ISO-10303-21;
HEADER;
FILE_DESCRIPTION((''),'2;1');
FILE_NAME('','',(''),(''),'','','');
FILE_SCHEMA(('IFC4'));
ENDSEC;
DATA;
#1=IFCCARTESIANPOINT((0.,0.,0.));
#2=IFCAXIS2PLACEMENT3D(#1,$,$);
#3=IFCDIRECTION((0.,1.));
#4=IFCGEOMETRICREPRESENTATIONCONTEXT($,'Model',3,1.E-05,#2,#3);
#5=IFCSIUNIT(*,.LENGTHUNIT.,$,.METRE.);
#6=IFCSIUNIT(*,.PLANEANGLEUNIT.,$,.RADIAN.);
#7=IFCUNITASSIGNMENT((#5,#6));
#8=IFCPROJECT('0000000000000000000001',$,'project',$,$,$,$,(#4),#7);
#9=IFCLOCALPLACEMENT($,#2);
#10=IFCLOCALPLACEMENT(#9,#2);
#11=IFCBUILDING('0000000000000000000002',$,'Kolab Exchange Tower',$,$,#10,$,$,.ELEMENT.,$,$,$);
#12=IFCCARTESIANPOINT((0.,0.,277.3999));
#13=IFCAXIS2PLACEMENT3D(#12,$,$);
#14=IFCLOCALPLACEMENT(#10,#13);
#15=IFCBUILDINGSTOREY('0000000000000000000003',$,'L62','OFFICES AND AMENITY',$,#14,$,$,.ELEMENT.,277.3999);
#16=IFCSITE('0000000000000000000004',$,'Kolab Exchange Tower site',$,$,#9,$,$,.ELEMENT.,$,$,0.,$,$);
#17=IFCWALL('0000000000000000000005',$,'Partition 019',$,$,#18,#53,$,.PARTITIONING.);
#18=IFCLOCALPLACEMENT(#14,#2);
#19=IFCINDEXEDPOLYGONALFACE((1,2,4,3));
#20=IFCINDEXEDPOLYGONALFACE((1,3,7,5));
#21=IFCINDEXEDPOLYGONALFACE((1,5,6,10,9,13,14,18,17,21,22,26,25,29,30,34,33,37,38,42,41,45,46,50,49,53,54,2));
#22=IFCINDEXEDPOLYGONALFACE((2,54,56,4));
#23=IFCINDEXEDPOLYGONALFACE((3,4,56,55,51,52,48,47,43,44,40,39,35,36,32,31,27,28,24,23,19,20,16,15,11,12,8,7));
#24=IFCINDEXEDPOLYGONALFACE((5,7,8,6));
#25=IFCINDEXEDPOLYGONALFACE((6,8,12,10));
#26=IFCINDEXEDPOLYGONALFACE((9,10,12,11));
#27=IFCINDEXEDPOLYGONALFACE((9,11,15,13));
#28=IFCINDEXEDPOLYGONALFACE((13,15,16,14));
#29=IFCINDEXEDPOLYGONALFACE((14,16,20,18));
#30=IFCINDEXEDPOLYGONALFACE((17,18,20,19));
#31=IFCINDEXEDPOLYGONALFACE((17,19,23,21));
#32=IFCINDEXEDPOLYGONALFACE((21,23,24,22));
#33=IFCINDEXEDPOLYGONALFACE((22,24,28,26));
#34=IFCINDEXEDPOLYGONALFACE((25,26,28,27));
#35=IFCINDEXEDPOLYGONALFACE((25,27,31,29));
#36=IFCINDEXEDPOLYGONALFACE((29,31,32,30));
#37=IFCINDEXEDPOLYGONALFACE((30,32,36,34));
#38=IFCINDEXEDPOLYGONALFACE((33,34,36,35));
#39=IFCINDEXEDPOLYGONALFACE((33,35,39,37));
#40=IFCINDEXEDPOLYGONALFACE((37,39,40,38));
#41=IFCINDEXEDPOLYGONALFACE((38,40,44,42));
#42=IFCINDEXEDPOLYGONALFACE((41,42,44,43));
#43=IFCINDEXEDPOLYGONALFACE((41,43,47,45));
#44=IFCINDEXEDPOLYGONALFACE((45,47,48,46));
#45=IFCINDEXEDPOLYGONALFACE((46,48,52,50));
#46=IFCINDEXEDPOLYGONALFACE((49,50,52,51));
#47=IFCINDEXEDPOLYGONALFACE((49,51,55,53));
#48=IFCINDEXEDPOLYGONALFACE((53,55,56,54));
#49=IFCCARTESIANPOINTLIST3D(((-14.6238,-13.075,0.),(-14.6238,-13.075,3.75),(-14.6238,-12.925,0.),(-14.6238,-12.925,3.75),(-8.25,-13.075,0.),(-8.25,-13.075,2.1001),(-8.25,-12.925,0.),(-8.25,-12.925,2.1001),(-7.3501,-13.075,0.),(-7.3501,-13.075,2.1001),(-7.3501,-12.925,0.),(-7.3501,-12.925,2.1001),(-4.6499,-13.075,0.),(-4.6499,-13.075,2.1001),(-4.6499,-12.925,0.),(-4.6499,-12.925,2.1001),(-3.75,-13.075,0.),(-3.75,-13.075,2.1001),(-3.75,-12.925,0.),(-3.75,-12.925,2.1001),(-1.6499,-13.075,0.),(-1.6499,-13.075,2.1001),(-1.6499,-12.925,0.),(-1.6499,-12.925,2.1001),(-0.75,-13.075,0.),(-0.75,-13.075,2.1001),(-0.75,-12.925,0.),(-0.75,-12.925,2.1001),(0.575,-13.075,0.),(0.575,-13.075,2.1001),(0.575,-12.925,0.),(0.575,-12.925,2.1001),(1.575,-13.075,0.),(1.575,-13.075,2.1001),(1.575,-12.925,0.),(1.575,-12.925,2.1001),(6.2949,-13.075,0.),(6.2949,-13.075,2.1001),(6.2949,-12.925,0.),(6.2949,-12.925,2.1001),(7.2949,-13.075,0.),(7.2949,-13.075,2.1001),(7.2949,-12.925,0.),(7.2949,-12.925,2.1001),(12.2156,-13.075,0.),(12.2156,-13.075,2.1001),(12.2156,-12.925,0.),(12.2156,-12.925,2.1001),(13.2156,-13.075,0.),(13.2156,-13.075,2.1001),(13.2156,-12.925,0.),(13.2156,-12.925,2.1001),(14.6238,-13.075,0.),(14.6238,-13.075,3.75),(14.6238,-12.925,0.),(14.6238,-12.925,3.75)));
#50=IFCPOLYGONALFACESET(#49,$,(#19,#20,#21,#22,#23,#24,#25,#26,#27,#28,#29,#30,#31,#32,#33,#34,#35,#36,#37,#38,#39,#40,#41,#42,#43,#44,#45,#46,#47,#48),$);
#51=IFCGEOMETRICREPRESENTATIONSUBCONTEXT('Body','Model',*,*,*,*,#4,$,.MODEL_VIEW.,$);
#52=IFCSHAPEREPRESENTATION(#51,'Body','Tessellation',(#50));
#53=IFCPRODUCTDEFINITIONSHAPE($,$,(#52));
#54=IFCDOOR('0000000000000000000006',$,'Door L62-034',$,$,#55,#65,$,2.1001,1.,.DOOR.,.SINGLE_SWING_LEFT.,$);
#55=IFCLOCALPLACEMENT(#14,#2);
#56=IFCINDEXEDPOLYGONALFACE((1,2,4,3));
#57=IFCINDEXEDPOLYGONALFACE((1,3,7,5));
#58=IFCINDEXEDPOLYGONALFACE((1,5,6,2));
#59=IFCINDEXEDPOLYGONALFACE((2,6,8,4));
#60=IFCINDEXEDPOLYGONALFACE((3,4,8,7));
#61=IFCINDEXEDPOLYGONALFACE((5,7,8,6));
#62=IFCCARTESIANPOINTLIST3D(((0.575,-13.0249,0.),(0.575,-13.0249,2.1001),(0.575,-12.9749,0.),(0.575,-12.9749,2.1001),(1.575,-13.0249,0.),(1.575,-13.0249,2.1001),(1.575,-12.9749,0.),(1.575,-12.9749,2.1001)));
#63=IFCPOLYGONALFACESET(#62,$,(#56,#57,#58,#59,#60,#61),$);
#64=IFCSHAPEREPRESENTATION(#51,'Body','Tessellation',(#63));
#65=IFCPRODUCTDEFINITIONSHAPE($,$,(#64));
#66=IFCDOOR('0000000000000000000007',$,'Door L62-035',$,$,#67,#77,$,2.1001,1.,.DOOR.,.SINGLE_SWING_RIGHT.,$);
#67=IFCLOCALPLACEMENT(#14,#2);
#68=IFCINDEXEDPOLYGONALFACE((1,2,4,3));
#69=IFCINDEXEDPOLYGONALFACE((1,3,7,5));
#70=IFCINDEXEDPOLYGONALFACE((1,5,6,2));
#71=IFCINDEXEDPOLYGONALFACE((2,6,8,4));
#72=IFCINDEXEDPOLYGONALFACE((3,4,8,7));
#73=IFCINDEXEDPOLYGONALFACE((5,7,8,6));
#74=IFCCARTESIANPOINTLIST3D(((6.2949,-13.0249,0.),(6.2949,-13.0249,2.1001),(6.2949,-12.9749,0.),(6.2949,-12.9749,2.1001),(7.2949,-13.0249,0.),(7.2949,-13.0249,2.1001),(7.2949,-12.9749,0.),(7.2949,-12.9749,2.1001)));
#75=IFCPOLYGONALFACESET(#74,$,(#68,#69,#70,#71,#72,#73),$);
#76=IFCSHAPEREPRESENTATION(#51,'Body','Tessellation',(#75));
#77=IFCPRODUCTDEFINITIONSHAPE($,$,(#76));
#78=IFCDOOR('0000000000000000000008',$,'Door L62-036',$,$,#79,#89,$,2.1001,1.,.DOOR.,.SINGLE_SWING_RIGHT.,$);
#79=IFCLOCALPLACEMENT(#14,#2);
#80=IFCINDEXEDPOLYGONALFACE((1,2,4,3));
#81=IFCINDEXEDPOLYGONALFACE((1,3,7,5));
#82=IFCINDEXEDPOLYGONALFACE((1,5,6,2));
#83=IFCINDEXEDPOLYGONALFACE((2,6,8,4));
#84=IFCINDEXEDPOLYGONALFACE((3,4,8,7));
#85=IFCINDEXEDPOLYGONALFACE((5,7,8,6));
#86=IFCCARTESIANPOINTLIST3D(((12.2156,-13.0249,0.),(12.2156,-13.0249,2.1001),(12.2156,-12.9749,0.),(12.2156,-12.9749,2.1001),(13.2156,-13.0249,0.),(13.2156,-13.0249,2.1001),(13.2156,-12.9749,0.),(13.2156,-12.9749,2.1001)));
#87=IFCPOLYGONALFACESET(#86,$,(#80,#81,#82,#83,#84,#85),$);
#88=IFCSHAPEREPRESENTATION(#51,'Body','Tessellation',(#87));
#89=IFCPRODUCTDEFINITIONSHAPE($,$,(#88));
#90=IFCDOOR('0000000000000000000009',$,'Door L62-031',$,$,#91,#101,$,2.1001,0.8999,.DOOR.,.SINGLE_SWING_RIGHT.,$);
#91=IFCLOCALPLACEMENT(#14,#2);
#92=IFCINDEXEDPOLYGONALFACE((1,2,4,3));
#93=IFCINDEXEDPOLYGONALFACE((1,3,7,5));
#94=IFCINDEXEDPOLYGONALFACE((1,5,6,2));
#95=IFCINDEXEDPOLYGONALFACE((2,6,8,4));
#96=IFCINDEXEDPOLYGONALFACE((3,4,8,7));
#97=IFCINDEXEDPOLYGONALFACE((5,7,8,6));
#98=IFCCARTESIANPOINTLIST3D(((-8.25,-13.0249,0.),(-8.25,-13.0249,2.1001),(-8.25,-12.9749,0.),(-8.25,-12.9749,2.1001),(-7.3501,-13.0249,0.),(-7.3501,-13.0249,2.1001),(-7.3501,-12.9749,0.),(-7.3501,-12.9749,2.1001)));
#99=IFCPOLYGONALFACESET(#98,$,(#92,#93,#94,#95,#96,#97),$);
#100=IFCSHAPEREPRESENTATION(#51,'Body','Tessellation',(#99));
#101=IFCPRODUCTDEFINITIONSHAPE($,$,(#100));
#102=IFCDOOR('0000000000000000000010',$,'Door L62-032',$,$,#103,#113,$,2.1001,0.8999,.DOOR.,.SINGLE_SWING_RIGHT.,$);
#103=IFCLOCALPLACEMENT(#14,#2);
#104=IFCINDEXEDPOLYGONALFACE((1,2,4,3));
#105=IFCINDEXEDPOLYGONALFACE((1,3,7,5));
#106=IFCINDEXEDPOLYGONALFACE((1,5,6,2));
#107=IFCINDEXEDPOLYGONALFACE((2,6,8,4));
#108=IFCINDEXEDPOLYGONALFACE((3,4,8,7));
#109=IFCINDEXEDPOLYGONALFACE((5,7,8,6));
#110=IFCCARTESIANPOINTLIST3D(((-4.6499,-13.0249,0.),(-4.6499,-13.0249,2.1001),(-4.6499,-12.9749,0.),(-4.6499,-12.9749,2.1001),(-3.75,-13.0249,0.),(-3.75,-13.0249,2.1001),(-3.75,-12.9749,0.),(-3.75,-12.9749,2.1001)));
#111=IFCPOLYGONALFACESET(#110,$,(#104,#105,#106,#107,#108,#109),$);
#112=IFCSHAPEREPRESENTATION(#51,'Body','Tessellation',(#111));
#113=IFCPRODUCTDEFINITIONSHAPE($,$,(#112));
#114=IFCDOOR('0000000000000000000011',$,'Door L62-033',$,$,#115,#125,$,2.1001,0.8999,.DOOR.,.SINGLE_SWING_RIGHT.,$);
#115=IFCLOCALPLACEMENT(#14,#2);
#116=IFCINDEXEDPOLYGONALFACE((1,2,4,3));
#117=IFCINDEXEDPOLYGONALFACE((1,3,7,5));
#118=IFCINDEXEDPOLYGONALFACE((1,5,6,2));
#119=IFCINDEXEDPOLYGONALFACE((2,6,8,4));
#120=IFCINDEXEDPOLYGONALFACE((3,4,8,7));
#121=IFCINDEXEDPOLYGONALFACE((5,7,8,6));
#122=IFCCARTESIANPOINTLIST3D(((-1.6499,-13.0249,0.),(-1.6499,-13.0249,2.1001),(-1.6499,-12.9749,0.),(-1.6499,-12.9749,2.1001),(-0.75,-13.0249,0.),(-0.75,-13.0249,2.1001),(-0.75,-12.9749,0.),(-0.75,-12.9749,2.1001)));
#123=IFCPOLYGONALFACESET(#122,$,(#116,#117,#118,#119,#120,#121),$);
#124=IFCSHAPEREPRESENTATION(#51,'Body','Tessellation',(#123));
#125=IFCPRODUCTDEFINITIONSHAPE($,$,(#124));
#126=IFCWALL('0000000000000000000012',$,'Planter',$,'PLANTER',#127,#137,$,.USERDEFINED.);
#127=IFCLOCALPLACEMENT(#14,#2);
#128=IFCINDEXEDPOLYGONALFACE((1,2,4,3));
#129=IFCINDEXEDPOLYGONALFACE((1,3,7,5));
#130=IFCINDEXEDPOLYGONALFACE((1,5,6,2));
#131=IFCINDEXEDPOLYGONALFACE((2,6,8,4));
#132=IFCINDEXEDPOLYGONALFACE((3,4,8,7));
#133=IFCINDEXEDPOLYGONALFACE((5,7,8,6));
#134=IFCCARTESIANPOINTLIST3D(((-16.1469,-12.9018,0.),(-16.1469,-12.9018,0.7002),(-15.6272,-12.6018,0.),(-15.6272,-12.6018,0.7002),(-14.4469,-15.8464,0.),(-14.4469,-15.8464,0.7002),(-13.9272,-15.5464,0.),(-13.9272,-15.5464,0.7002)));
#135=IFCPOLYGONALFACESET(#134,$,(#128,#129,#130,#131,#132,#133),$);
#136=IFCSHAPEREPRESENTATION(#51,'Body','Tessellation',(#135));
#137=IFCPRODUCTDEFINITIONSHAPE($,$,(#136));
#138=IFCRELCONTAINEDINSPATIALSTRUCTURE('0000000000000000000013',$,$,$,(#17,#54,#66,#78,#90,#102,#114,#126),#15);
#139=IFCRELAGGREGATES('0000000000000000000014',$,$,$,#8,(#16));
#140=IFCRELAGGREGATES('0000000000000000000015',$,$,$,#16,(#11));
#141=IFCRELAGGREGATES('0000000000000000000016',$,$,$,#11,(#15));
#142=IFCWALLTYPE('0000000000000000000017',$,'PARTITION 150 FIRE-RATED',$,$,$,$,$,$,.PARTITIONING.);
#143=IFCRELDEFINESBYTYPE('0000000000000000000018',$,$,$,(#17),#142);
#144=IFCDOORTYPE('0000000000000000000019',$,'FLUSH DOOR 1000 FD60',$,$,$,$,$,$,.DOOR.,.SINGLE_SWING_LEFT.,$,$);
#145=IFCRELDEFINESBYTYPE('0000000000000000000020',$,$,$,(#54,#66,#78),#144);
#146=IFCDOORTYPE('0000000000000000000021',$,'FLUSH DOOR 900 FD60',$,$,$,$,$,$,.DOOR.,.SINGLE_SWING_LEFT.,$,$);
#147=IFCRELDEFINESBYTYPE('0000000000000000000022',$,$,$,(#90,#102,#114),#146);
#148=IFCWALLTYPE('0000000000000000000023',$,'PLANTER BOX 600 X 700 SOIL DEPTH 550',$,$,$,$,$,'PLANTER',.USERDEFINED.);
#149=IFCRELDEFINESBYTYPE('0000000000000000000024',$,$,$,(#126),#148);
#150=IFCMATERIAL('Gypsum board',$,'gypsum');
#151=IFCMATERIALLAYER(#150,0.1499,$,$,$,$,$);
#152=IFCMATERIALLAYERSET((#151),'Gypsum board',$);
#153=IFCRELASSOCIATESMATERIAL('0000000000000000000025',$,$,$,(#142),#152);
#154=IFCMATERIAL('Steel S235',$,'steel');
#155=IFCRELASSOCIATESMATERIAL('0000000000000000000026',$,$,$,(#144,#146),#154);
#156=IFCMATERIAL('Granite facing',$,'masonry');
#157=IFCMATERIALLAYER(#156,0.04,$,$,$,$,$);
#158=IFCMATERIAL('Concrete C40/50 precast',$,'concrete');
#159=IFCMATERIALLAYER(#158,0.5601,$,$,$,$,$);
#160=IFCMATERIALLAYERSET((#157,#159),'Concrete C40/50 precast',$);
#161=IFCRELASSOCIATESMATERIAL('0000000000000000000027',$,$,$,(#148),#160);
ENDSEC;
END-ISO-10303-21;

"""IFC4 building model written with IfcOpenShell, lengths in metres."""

from ifc_helpers import new_model, si_unit, direction, frame, frame_2d, origin, place, context, subcontext, project, spatial, rectangle, extrude, material, layer, layer_set, type_object, element, fill, save


model = new_model("IFC4")

# Units and contexts
model_context = context("Model", 3, precision=1e-05, world=origin(), true_north=direction((0.0, 1.0)))
body_context = subcontext(model_context, "Body", "Model", "MODEL_VIEW")
ifc_project = project(units=[si_unit("LENGTHUNIT", "METRE"), si_unit("PLANEANGLEUNIT", "RADIAN")], contexts=[model_context])

# Site, building, storey
site_placement = place(None, origin())
site = spatial("IfcSite", under=ifc_project, at=site_placement, Name="Kolab Exchange Tower site", CompositionType="ELEMENT", RefElevation=0.0)
building_placement = place(site_placement, origin())
building = spatial("IfcBuilding", under=site, at=building_placement, Name="Kolab Exchange Tower", CompositionType="ELEMENT")
storey_placement = place(building_placement, frame((0.0, 0.0, 277.3999)))
storey = spatial("IfcBuildingStorey", under=building, at=storey_placement, Name="L62", Description="OFFICES AND AMENITY", CompositionType="ELEMENT", Elevation=277.3999)

# Wall, openings, doors
ifc_material_1 = material(Name="Gypsum board", Category="gypsum")
ifc_layer_1 = layer(ifc_material_1, 0.1499)
ifc_layer_set_1 = layer_set([ifc_layer_1], Name="Gypsum board")
wall_type_1 = type_object("IfcWallType", Name="PARTITION 150 FIRE-RATED", PredefinedType="PARTITIONING", material=ifc_layer_set_1)
wall_1_placement = place(storey_placement, frame((-14.6238, -13.0, 0.0), z_axis=(0.0, 0.0, 1.0), x_axis=(1.0, 0.0, 0.0)))
wall_1 = element("IfcWall", 1, at=wall_1_placement, inside=storey, type_object=wall_type_1, Name="Partition 019", PredefinedType="PARTITIONING", context=body_context, shape_type="SweptSolid", body=[
    extrude(rectangle(XDim=29.2476, YDim=0.1499, at=frame_2d((14.6238, 0.0))), origin(), (0.0, 0.0, 1.0), 3.75),
])
opening_1_placement = place(wall_1_placement, frame((6.3738, 0.0, 0.0)))
opening_1 = element("IfcOpeningElement", 2, at=opening_1_placement, cuts=wall_1, PredefinedType="OPENING", context=body_context, shape_type="SweptSolid", body=[
    extrude(rectangle(XDim=0.8999, YDim=2.1001, at=frame_2d((0.45, 1.05))), frame((0.0, 0.085, 0.0), z_axis=(0.0, -1.0, 0.0), x_axis=(1.0, 0.0, 0.0)), (0.0, 0.0, 1.0), 0.1699),
])
opening_2_placement = place(wall_1_placement, frame((9.9739, 0.0, 0.0)))
opening_2 = element("IfcOpeningElement", 3, at=opening_2_placement, cuts=wall_1, PredefinedType="OPENING", context=body_context, shape_type="SweptSolid", body=[
    extrude(rectangle(XDim=0.8999, YDim=2.1001, at=frame_2d((0.45, 1.05))), frame((0.0, 0.085, 0.0), z_axis=(0.0, -1.0, 0.0), x_axis=(1.0, 0.0, 0.0)), (0.0, 0.0, 1.0), 0.1699),
])
opening_3_placement = place(wall_1_placement, frame((12.9739, 0.0, 0.0)))
opening_3 = element("IfcOpeningElement", 4, at=opening_3_placement, cuts=wall_1, PredefinedType="OPENING", context=body_context, shape_type="SweptSolid", body=[
    extrude(rectangle(XDim=0.8999, YDim=2.1001, at=frame_2d((0.45, 1.05))), frame((0.0, 0.085, 0.0), z_axis=(0.0, -1.0, 0.0), x_axis=(1.0, 0.0, 0.0)), (0.0, 0.0, 1.0), 0.1699),
])
opening_4_placement = place(wall_1_placement, frame((15.1987, 0.0, 0.0)))
opening_4 = element("IfcOpeningElement", 5, at=opening_4_placement, cuts=wall_1, PredefinedType="OPENING", context=body_context, shape_type="SweptSolid", body=[
    extrude(rectangle(XDim=1.0, YDim=2.1001, at=frame_2d((0.5, 1.05))), frame((0.0, 0.085, 0.0), z_axis=(0.0, -1.0, 0.0), x_axis=(1.0, 0.0, 0.0)), (0.0, 0.0, 1.0), 0.1699),
])
opening_5_placement = place(wall_1_placement, frame((20.9187, 0.0, 0.0)))
opening_5 = element("IfcOpeningElement", 6, at=opening_5_placement, cuts=wall_1, PredefinedType="OPENING", context=body_context, shape_type="SweptSolid", body=[
    extrude(rectangle(XDim=1.0, YDim=2.1001, at=frame_2d((0.5, 1.05))), frame((0.0, 0.085, 0.0), z_axis=(0.0, -1.0, 0.0), x_axis=(1.0, 0.0, 0.0)), (0.0, 0.0, 1.0), 0.1699),
])
opening_6_placement = place(wall_1_placement, frame((26.8394, 0.0, 0.0)))
opening_6 = element("IfcOpeningElement", 7, at=opening_6_placement, cuts=wall_1, PredefinedType="OPENING", context=body_context, shape_type="SweptSolid", body=[
    extrude(rectangle(XDim=1.0, YDim=2.1001, at=frame_2d((0.5, 1.05))), frame((0.0, 0.085, 0.0), z_axis=(0.0, -1.0, 0.0), x_axis=(1.0, 0.0, 0.0)), (0.0, 0.0, 1.0), 0.1699),
])
ifc_material_2 = material(Name="Steel S235", Category="steel")
door_type_1 = type_object("IfcDoorType", Name="FLUSH DOOR 1000 FD60", OperationType="SINGLE_SWING_LEFT", PredefinedType="DOOR", material=ifc_material_2)
door_1_placement = place(opening_4_placement, frame((1.0, 0.0, 0.0), z_axis=(0.0, 0.0, 1.0), x_axis=(-1.0, 0.0, 0.0)))
door_1 = element("IfcDoor", 8, at=door_1_placement, inside=storey, type_object=door_type_1, Name="Door L62-034", OperationType="SINGLE_SWING_LEFT", OverallHeight=2.1001, OverallWidth=1.0, PredefinedType="DOOR", context=body_context, shape_type="SweptSolid", body=[
    extrude(rectangle(XDim=1.0, YDim=2.1001, at=frame_2d((0.5, 1.05))), frame((0.0, 0.0249, 0.0), z_axis=(0.0, -1.0, 0.0), x_axis=(1.0, 0.0, 0.0)), (0.0, 0.0, 1.0), 0.05),
])
fill(opening_4, door_1)
door_2_placement = place(opening_5_placement, frame((1.0, 0.0, 0.0), z_axis=(0.0, 0.0, 1.0), x_axis=(-1.0, 0.0, 0.0)))
door_2 = element("IfcDoor", 9, at=door_2_placement, inside=storey, type_object=door_type_1, Name="Door L62-035", OperationType="SINGLE_SWING_RIGHT", OverallHeight=2.1001, OverallWidth=1.0, PredefinedType="DOOR", context=body_context, shape_type="SweptSolid", body=[
    extrude(rectangle(XDim=1.0, YDim=2.1001, at=frame_2d((0.5, 1.05))), frame((0.0, 0.0249, 0.0), z_axis=(0.0, -1.0, 0.0), x_axis=(1.0, 0.0, 0.0)), (0.0, 0.0, 1.0), 0.05),
])
fill(opening_5, door_2)
door_3_placement = place(opening_6_placement, frame((1.0, 0.0, 0.0), z_axis=(0.0, 0.0, 1.0), x_axis=(-1.0, 0.0, 0.0)))
door_3 = element("IfcDoor", 10, at=door_3_placement, inside=storey, type_object=door_type_1, Name="Door L62-036", OperationType="SINGLE_SWING_RIGHT", OverallHeight=2.1001, OverallWidth=1.0, PredefinedType="DOOR", context=body_context, shape_type="SweptSolid", body=[
    extrude(rectangle(XDim=1.0, YDim=2.1001, at=frame_2d((0.5, 1.05))), frame((0.0, 0.0249, 0.0), z_axis=(0.0, -1.0, 0.0), x_axis=(1.0, 0.0, 0.0)), (0.0, 0.0, 1.0), 0.05),
])
fill(opening_6, door_3)
door_type_2 = type_object("IfcDoorType", Name="FLUSH DOOR 900 FD60", OperationType="SINGLE_SWING_LEFT", PredefinedType="DOOR", material=ifc_material_2)
door_4_placement = place(opening_1_placement, frame((0.8999, 0.0, 0.0), z_axis=(0.0, 0.0, 1.0), x_axis=(-1.0, 0.0, 0.0)))
door_4 = element("IfcDoor", 11, at=door_4_placement, inside=storey, type_object=door_type_2, Name="Door L62-031", OperationType="SINGLE_SWING_RIGHT", OverallHeight=2.1001, OverallWidth=0.8999, PredefinedType="DOOR", context=body_context, shape_type="SweptSolid", body=[
    extrude(rectangle(XDim=0.8999, YDim=2.1001, at=frame_2d((0.45, 1.05))), frame((0.0, 0.0249, 0.0), z_axis=(0.0, -1.0, 0.0), x_axis=(1.0, 0.0, 0.0)), (0.0, 0.0, 1.0), 0.05),
])
fill(opening_1, door_4)
door_5_placement = place(opening_2_placement, frame((0.8999, 0.0, 0.0), z_axis=(0.0, 0.0, 1.0), x_axis=(-1.0, 0.0, 0.0)))
door_5 = element("IfcDoor", 12, at=door_5_placement, inside=storey, type_object=door_type_2, Name="Door L62-032", OperationType="SINGLE_SWING_RIGHT", OverallHeight=2.1001, OverallWidth=0.8999, PredefinedType="DOOR", context=body_context, shape_type="SweptSolid", body=[
    extrude(rectangle(XDim=0.8999, YDim=2.1001, at=frame_2d((0.45, 1.05))), frame((0.0, 0.0249, 0.0), z_axis=(0.0, -1.0, 0.0), x_axis=(1.0, 0.0, 0.0)), (0.0, 0.0, 1.0), 0.05),
])
fill(opening_2, door_5)
door_6_placement = place(opening_3_placement, frame((0.8999, 0.0, 0.0), z_axis=(0.0, 0.0, 1.0), x_axis=(-1.0, 0.0, 0.0)))
door_6 = element("IfcDoor", 13, at=door_6_placement, inside=storey, type_object=door_type_2, Name="Door L62-033", OperationType="SINGLE_SWING_RIGHT", OverallHeight=2.1001, OverallWidth=0.8999, PredefinedType="DOOR", context=body_context, shape_type="SweptSolid", body=[
    extrude(rectangle(XDim=0.8999, YDim=2.1001, at=frame_2d((0.45, 1.05))), frame((0.0, 0.0249, 0.0), z_axis=(0.0, -1.0, 0.0), x_axis=(1.0, 0.0, 0.0)), (0.0, 0.0, 1.0), 0.05),
])
fill(opening_3, door_6)

# Wall
ifc_material_3 = material(Name="Granite facing", Category="masonry")
ifc_layer_2 = layer(ifc_material_3, 0.04)
ifc_material_4 = material(Name="Concrete C40/50 precast", Category="concrete")
ifc_layer_3 = layer(ifc_material_4, 0.5601)
ifc_layer_set_2 = layer_set([ifc_layer_2, ifc_layer_3], Name="Concrete C40/50 precast")
wall_type_2 = type_object("IfcWallType", Name="PLANTER BOX 600 X 700 SOIL DEPTH 550", ElementType="PLANTER", PredefinedType="USERDEFINED", material=ifc_layer_set_2)
wall_2_placement = place(storey_placement, frame((-14.187, -15.6965, 0.0), z_axis=(0.0, 0.0, 1.0), x_axis=(-0.499977, 0.866039, 0.0)))
element("IfcWall", 14, at=wall_2_placement, inside=storey, type_object=wall_type_2, Name="Planter", ObjectType="PLANTER", PredefinedType="USERDEFINED", context=body_context, shape_type="SweptSolid", body=[
    extrude(rectangle(XDim=3.4001, YDim=0.6001, at=frame_2d((1.7002, 0.0))), origin(), (0.0, 0.0, 1.0), 0.7002),
])

save(model, "model.ifc")
